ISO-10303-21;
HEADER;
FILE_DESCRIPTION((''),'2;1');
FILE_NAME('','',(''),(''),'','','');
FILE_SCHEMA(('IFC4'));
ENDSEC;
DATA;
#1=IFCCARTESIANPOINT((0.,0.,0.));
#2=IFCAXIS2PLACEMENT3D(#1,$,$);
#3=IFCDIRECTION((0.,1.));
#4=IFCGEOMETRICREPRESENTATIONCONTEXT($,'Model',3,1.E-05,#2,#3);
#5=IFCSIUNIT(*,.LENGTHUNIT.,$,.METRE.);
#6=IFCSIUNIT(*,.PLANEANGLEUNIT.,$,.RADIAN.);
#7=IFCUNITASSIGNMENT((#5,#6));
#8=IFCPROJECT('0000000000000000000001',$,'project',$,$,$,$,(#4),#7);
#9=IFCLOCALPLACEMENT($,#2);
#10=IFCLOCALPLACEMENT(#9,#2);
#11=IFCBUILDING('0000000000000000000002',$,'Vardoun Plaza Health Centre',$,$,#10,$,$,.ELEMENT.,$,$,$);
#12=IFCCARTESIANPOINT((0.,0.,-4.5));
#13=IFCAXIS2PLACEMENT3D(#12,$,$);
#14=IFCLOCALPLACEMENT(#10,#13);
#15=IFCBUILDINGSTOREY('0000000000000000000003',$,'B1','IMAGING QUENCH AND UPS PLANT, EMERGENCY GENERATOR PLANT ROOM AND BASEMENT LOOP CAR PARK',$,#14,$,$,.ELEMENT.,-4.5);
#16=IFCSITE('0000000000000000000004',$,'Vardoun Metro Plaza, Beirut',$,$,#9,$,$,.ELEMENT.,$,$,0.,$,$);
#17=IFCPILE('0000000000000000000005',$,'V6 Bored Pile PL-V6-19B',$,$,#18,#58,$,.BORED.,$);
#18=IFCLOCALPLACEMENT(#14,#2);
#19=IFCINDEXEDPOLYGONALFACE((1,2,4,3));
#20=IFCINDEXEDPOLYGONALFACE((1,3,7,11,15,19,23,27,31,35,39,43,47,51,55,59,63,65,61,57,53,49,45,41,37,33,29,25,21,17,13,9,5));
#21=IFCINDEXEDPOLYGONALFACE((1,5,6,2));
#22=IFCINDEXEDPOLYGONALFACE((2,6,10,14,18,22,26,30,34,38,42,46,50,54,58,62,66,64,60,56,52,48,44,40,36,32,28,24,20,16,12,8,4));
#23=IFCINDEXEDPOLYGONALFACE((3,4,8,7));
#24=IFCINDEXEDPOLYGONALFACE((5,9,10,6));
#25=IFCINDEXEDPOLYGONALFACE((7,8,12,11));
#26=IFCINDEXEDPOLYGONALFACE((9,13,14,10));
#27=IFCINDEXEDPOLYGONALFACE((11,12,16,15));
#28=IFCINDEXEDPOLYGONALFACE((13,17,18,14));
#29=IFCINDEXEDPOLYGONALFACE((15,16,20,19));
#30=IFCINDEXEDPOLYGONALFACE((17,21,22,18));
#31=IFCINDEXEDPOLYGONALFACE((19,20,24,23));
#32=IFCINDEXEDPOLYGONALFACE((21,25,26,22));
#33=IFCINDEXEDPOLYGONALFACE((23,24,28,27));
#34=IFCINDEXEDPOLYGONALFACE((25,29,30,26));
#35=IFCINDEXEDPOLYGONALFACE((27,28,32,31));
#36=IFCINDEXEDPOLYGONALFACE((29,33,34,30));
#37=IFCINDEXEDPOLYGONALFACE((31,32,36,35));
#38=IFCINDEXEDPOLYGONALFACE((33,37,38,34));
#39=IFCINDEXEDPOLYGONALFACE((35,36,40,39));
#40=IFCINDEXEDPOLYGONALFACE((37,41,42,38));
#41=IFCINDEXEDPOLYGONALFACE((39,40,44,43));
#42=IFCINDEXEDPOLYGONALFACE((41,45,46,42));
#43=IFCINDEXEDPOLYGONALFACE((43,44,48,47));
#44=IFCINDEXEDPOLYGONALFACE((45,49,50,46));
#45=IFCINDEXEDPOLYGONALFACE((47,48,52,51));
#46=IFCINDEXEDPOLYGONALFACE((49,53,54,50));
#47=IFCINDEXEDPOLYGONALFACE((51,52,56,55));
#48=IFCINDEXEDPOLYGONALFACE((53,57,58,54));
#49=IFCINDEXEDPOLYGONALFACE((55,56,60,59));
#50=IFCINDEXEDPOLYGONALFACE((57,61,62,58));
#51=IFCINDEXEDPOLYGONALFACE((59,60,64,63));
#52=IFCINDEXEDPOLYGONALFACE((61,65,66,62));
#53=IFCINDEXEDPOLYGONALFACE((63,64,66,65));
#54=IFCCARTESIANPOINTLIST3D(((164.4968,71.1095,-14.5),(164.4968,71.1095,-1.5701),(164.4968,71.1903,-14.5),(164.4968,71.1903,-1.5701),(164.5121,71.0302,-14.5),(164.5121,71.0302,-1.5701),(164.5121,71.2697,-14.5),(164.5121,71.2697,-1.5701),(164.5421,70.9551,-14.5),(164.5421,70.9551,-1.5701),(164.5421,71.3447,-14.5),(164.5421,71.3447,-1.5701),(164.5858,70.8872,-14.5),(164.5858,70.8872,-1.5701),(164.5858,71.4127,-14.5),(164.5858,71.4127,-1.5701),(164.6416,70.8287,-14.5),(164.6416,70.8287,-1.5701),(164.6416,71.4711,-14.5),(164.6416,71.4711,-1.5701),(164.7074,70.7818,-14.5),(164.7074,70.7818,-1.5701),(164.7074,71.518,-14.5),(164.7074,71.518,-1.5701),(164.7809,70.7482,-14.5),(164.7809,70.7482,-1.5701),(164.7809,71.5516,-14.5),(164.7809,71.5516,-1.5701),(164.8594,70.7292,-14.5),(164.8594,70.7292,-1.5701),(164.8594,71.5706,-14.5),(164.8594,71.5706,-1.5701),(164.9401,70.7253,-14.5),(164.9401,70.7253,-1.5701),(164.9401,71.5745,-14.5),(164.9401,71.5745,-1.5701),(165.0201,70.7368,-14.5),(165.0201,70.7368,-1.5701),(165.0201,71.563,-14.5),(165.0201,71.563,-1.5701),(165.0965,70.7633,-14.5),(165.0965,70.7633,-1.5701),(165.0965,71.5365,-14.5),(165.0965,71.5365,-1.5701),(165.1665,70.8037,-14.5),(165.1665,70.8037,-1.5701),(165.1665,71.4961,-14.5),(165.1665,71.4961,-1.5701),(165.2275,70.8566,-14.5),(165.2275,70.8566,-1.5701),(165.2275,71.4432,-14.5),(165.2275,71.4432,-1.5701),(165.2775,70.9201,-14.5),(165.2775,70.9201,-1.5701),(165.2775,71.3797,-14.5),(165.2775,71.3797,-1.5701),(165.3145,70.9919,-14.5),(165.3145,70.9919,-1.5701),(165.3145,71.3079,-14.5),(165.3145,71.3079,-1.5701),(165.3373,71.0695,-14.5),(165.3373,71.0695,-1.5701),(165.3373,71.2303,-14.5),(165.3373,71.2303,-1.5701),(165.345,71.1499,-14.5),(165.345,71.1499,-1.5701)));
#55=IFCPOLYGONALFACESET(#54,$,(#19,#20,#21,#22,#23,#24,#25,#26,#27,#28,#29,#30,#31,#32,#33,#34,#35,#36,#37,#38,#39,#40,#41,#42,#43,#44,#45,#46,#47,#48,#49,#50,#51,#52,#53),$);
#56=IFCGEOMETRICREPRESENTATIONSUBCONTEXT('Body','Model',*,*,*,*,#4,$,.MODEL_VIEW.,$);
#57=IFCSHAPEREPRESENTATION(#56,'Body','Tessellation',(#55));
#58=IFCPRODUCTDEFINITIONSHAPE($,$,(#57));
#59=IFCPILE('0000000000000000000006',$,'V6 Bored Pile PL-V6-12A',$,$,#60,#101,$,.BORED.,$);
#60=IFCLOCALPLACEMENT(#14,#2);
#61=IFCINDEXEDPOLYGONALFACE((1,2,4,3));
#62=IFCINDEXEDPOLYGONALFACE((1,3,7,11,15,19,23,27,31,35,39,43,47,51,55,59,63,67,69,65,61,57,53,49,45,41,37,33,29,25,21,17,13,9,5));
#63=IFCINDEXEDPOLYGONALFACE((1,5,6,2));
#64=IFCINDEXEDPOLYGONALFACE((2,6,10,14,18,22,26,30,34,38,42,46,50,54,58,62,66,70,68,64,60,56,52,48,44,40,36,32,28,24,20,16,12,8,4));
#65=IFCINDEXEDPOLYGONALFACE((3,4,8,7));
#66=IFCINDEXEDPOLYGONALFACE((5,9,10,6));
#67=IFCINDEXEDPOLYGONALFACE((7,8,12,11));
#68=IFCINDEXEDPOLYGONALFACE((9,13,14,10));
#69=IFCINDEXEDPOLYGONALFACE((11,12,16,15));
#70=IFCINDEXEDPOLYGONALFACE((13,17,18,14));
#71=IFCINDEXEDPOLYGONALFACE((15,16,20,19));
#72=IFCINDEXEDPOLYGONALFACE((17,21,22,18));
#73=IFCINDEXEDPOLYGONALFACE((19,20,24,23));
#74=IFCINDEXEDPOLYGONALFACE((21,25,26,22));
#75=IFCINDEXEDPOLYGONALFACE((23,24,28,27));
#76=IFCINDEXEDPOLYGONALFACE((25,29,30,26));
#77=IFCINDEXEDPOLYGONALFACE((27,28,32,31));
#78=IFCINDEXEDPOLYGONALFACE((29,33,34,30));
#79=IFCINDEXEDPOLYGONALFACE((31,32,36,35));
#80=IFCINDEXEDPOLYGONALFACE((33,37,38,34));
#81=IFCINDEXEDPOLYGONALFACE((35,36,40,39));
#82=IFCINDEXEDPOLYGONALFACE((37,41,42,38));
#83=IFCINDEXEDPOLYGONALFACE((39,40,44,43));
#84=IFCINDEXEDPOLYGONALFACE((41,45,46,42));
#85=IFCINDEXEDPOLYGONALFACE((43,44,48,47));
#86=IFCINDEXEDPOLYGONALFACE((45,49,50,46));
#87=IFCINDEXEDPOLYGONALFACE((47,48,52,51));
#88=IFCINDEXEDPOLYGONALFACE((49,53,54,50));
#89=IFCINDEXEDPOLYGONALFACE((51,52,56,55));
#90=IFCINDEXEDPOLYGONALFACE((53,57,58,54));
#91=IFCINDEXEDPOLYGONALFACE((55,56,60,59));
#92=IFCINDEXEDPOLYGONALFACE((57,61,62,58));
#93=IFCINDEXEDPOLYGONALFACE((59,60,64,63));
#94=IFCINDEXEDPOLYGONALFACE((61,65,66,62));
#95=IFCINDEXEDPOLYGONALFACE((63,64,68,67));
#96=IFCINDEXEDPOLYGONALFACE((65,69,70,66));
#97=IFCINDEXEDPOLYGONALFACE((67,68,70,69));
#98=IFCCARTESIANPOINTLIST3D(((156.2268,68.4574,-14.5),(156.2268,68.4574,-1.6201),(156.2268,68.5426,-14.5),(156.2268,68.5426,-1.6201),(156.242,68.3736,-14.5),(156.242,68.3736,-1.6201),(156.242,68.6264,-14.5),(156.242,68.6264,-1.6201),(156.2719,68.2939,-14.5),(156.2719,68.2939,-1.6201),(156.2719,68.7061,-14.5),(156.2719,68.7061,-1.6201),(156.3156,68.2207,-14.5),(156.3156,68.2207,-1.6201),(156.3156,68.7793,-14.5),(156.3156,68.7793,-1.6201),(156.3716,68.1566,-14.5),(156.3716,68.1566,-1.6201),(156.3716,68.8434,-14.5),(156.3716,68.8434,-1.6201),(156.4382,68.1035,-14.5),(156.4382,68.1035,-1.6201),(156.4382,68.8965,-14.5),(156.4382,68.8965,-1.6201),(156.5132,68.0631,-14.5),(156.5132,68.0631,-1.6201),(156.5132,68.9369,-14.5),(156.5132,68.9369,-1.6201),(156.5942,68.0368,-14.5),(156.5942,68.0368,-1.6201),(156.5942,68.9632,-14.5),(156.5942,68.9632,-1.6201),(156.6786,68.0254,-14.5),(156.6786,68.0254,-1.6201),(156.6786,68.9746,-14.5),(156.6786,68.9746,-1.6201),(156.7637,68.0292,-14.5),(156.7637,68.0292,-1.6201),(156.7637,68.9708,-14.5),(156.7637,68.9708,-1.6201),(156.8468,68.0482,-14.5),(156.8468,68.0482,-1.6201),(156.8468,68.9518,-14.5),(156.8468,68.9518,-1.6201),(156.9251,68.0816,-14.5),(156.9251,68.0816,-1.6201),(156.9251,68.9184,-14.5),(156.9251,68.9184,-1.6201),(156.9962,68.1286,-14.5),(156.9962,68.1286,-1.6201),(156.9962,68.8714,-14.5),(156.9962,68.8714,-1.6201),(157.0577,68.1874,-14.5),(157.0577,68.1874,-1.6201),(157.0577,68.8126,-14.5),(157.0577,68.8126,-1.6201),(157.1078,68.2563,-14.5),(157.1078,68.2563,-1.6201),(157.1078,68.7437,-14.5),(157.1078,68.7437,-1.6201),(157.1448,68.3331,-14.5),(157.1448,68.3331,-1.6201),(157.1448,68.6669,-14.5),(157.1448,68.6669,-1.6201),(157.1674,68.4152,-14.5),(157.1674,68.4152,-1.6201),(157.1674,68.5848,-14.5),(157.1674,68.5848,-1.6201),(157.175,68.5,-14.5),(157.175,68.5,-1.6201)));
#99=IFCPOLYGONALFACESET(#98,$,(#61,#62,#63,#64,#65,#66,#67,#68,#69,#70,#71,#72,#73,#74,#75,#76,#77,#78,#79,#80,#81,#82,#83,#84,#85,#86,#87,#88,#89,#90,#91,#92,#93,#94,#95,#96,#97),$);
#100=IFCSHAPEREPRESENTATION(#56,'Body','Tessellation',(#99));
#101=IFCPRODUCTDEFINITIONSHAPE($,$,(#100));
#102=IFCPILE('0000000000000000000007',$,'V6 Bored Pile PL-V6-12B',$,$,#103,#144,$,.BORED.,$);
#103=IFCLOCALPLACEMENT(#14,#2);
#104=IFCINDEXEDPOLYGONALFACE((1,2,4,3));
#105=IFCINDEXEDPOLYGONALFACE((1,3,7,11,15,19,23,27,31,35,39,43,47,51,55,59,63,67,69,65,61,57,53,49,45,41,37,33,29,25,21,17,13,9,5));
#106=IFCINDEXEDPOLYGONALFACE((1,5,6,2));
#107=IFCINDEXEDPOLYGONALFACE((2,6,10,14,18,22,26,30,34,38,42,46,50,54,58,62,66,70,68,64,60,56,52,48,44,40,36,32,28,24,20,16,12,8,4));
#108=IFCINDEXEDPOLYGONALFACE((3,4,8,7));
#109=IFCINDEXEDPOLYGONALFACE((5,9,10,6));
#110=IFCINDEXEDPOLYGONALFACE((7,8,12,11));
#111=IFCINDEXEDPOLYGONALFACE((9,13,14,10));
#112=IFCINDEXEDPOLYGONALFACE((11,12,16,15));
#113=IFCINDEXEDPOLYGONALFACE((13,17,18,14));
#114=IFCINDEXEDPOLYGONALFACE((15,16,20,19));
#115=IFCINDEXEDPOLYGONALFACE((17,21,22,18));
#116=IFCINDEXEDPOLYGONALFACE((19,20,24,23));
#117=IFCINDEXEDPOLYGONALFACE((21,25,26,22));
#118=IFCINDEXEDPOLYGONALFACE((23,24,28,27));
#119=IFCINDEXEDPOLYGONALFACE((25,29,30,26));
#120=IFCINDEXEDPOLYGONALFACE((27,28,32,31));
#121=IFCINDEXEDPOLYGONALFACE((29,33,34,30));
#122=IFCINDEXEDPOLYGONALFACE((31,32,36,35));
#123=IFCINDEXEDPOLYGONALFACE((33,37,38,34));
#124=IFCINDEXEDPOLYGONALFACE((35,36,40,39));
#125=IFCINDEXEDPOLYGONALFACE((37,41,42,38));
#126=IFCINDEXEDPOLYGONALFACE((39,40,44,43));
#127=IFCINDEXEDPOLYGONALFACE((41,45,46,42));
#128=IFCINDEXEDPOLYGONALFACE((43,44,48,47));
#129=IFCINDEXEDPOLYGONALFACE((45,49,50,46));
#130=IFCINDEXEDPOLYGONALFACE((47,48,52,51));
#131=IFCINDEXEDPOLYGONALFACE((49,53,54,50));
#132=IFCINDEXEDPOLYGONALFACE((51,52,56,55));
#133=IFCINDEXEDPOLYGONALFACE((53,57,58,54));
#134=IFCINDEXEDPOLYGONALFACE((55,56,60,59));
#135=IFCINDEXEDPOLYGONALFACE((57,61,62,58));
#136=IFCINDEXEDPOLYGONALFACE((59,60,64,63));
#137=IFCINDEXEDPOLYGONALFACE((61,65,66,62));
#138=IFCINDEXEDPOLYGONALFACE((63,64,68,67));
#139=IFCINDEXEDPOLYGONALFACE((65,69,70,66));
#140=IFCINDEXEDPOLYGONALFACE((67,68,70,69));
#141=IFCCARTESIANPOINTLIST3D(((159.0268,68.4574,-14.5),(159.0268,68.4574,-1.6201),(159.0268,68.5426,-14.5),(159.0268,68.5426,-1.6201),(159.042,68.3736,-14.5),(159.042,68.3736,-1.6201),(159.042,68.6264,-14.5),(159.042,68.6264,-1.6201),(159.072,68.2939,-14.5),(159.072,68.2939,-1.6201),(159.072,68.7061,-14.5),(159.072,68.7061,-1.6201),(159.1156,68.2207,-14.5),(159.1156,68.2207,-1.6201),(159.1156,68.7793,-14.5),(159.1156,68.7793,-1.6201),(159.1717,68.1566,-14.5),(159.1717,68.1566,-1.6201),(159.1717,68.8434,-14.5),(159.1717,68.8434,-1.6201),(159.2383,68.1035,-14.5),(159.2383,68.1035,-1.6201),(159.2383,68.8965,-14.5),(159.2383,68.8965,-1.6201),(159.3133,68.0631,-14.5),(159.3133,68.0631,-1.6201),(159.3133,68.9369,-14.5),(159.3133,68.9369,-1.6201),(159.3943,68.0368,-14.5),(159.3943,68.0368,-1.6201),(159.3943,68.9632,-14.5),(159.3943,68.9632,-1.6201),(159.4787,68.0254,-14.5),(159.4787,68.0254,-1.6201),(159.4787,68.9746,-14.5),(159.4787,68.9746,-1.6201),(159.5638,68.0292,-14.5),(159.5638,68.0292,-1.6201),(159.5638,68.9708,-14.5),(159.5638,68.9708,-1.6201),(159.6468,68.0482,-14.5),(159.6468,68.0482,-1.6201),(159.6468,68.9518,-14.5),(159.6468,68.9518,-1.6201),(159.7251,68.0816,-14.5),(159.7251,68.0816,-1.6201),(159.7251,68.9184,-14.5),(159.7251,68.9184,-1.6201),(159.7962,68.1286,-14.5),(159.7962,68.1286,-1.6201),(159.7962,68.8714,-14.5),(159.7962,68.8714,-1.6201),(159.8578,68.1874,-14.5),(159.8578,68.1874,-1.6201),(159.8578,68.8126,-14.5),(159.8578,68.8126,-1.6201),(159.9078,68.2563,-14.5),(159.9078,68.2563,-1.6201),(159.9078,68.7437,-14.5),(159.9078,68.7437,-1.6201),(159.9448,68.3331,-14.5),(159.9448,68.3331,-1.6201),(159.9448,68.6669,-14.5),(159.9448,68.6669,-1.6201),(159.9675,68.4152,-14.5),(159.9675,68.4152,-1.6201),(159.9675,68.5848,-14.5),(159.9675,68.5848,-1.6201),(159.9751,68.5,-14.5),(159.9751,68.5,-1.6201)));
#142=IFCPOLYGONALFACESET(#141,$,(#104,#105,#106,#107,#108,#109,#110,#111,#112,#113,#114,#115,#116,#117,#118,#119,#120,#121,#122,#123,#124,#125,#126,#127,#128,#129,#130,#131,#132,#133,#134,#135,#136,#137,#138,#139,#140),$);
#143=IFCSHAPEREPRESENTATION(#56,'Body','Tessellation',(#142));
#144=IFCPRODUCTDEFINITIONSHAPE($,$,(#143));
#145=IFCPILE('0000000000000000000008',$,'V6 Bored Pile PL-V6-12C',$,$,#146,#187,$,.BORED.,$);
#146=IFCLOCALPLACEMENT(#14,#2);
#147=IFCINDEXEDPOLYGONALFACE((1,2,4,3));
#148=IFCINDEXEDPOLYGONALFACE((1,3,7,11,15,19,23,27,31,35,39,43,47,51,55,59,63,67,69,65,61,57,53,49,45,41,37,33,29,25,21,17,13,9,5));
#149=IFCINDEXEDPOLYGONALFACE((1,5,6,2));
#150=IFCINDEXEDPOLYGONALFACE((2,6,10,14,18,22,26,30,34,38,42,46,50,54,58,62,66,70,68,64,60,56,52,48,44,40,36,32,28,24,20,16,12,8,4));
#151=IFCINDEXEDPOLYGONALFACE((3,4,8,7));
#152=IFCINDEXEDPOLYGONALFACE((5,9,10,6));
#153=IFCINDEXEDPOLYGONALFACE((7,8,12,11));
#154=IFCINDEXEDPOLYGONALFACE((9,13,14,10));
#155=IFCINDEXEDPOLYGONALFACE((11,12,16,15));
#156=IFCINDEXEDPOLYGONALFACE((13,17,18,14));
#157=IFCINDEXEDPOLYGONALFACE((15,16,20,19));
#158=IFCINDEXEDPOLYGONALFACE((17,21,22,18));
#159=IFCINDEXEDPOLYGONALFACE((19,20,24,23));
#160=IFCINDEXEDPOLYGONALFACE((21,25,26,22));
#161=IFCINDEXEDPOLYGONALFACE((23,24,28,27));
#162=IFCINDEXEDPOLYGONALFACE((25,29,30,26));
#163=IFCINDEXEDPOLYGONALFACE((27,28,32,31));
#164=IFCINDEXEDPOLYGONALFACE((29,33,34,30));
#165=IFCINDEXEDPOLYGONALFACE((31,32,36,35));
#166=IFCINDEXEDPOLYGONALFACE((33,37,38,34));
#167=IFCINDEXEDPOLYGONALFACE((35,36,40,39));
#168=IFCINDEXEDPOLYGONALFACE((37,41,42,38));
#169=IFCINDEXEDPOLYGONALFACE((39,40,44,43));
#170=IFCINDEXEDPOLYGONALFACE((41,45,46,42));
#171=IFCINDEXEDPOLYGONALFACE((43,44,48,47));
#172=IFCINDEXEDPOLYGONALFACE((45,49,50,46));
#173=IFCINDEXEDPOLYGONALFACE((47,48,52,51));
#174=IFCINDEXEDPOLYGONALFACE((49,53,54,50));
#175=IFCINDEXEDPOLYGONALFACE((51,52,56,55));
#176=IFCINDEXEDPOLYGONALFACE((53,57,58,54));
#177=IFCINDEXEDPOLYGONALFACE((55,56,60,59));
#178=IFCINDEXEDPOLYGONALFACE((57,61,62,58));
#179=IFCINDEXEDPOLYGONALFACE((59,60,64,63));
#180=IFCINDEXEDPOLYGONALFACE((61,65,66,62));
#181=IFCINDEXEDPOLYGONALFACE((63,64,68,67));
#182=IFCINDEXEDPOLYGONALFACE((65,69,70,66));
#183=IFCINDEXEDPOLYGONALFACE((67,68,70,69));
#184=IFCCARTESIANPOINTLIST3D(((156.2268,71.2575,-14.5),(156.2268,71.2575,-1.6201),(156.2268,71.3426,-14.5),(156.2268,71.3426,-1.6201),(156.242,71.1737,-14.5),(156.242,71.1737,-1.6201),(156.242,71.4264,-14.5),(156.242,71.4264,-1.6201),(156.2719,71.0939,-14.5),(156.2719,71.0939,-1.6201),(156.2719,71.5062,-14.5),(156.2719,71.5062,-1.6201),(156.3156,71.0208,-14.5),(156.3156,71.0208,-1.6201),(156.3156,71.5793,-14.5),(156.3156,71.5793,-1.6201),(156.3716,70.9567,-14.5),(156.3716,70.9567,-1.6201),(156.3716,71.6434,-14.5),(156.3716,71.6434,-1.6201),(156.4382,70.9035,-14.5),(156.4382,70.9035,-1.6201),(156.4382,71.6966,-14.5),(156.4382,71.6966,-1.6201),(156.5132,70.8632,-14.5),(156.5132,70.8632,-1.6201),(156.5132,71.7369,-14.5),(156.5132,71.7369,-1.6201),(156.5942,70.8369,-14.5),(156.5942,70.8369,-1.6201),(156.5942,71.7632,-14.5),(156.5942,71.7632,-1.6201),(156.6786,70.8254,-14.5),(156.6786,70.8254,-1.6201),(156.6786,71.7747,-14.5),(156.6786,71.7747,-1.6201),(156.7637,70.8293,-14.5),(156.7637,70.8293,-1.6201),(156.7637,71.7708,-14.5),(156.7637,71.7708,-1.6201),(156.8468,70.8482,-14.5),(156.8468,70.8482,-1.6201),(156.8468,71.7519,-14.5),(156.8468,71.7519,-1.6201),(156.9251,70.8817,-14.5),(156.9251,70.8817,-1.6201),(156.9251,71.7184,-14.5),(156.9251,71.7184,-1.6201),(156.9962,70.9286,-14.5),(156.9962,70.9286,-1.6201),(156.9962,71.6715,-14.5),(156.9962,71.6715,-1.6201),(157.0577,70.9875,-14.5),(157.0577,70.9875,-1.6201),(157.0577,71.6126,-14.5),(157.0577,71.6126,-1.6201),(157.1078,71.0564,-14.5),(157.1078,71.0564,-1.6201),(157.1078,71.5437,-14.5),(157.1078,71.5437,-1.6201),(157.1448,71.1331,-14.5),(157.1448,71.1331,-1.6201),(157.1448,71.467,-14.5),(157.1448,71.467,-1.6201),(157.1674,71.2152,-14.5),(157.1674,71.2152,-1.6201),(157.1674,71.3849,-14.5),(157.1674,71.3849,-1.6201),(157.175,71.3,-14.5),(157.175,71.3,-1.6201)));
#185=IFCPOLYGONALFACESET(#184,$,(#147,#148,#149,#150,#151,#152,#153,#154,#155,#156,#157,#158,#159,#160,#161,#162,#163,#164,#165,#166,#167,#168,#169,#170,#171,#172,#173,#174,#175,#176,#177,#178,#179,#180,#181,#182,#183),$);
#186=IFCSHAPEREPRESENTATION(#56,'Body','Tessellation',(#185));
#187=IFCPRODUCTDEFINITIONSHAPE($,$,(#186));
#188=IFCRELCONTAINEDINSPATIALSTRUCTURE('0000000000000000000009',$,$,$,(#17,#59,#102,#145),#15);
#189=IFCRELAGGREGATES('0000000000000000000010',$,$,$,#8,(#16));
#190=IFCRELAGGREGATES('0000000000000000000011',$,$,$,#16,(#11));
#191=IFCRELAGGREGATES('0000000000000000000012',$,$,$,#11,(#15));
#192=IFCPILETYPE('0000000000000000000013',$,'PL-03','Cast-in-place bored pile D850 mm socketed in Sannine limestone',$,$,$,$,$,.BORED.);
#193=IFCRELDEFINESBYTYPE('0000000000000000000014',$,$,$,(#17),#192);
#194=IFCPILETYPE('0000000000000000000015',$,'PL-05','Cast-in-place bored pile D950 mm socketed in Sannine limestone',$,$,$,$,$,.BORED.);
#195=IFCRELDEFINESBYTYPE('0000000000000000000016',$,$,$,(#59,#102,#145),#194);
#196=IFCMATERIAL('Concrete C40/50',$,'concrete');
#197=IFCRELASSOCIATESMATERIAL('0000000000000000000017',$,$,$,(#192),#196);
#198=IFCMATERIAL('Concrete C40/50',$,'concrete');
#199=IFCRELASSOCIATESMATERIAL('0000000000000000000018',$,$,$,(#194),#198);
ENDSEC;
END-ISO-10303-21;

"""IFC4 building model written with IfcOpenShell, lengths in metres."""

from ifc_helpers import new_model, si_unit, direction, frame, origin, origin_2d, place, context, subcontext, project, spatial, circle, extrude, material, material_profile, profile_set, type_object, element, save


model = new_model("IFC4")

# Units and contexts
model_context = context("Model", 3, precision=1e-05, world=origin(), true_north=direction((0.0, 1.0)))
body_context = subcontext(model_context, "Body", "Model", "MODEL_VIEW")
ifc_project = project(units=[si_unit("LENGTHUNIT", "METRE"), si_unit("PLANEANGLEUNIT", "RADIAN")], contexts=[model_context])

# Site, building, storey
site_placement = place(None, origin())
site = spatial("IfcSite", under=ifc_project, at=site_placement, Name="Vardoun Metro Plaza, Beirut", CompositionType="ELEMENT", RefElevation=0.0)
building_placement = place(site_placement, origin())
building = spatial("IfcBuilding", under=site, at=building_placement, Name="Vardoun Plaza Health Centre", CompositionType="ELEMENT")
storey_placement = place(building_placement, frame((0.0, 0.0, -4.5)))
storey = spatial("IfcBuildingStorey", under=building, at=storey_placement, Name="B1", Description="IMAGING QUENCH AND UPS PLANT, EMERGENCY GENERATOR PLANT ROOM AND BASEMENT LOOP CAR PARK", CompositionType="ELEMENT", Elevation=-4.5)

# Piles
ifc_material_1 = material(Name="Concrete C40/50", Category="concrete")
ifc_material_profile_1 = material_profile(ifc_material_1, circle(Radius=0.425, at=origin_2d()), Name="PILE D850")
ifc_profile_set_1 = profile_set([ifc_material_profile_1], Name="Concrete C40/50")
pile_type_1 = type_object("IfcPileType", Name="PL-03", Description="Cast-in-place bored pile D850 mm socketed in Sannine limestone", PredefinedType="BORED", material=ifc_profile_set_1)
for number, where, z_axis, x_axis, name in (
    (1, (164.9199, 71.1499, -1.5701), (0.0, 0.0, -1.0), (1.0, 0.0, 0.0), "V6 Bored Pile PL-V6-19B"),
):
    element("IfcPile", number, at=place(storey_placement, frame(where, z_axis=z_axis, x_axis=x_axis)), inside=storey, type_object=pile_type_1, Name=name, PredefinedType="BORED", context=body_context, shape_type="SweptSolid", body=[
        extrude(circle(Radius=0.425, at=origin_2d()), origin(), (0.0, 0.0, 1.0), 12.9299),
    ])
ifc_material_2 = material(Name="Concrete C40/50", Category="concrete")
ifc_material_profile_2 = material_profile(ifc_material_2, circle(Radius=0.4751, at=origin_2d()), Name="PILE D950")
ifc_profile_set_2 = profile_set([ifc_material_profile_2], Name="Concrete C40/50")
pile_type_2 = type_object("IfcPileType", Name="PL-05", Description="Cast-in-place bored pile D950 mm socketed in Sannine limestone", PredefinedType="BORED", material=ifc_profile_set_2)
for number, where, z_axis, x_axis, name in (
    (2, (156.7, 68.5, -1.6201), (0.0, 0.0, -1.0), (1.0, 0.0, 0.0), "V6 Bored Pile PL-V6-12A"),
    (3, (159.5, 68.5, -1.6201), (0.0, 0.0, -1.0), (1.0, 0.0, 0.0), "V6 Bored Pile PL-V6-12B"),
    (4, (156.7, 71.3, -1.6201), (0.0, 0.0, -1.0), (1.0, 0.0, 0.0), "V6 Bored Pile PL-V6-12C"),
):
    element("IfcPile", number, at=place(storey_placement, frame(where, z_axis=z_axis, x_axis=x_axis)), inside=storey, type_object=pile_type_2, Name=name, PredefinedType="BORED", context=body_context, shape_type="SweptSolid", body=[
        extrude(circle(Radius=0.4751, at=origin_2d()), origin(), (0.0, 0.0, 1.0), 12.8799),
    ])

save(model, "model.ifc")
